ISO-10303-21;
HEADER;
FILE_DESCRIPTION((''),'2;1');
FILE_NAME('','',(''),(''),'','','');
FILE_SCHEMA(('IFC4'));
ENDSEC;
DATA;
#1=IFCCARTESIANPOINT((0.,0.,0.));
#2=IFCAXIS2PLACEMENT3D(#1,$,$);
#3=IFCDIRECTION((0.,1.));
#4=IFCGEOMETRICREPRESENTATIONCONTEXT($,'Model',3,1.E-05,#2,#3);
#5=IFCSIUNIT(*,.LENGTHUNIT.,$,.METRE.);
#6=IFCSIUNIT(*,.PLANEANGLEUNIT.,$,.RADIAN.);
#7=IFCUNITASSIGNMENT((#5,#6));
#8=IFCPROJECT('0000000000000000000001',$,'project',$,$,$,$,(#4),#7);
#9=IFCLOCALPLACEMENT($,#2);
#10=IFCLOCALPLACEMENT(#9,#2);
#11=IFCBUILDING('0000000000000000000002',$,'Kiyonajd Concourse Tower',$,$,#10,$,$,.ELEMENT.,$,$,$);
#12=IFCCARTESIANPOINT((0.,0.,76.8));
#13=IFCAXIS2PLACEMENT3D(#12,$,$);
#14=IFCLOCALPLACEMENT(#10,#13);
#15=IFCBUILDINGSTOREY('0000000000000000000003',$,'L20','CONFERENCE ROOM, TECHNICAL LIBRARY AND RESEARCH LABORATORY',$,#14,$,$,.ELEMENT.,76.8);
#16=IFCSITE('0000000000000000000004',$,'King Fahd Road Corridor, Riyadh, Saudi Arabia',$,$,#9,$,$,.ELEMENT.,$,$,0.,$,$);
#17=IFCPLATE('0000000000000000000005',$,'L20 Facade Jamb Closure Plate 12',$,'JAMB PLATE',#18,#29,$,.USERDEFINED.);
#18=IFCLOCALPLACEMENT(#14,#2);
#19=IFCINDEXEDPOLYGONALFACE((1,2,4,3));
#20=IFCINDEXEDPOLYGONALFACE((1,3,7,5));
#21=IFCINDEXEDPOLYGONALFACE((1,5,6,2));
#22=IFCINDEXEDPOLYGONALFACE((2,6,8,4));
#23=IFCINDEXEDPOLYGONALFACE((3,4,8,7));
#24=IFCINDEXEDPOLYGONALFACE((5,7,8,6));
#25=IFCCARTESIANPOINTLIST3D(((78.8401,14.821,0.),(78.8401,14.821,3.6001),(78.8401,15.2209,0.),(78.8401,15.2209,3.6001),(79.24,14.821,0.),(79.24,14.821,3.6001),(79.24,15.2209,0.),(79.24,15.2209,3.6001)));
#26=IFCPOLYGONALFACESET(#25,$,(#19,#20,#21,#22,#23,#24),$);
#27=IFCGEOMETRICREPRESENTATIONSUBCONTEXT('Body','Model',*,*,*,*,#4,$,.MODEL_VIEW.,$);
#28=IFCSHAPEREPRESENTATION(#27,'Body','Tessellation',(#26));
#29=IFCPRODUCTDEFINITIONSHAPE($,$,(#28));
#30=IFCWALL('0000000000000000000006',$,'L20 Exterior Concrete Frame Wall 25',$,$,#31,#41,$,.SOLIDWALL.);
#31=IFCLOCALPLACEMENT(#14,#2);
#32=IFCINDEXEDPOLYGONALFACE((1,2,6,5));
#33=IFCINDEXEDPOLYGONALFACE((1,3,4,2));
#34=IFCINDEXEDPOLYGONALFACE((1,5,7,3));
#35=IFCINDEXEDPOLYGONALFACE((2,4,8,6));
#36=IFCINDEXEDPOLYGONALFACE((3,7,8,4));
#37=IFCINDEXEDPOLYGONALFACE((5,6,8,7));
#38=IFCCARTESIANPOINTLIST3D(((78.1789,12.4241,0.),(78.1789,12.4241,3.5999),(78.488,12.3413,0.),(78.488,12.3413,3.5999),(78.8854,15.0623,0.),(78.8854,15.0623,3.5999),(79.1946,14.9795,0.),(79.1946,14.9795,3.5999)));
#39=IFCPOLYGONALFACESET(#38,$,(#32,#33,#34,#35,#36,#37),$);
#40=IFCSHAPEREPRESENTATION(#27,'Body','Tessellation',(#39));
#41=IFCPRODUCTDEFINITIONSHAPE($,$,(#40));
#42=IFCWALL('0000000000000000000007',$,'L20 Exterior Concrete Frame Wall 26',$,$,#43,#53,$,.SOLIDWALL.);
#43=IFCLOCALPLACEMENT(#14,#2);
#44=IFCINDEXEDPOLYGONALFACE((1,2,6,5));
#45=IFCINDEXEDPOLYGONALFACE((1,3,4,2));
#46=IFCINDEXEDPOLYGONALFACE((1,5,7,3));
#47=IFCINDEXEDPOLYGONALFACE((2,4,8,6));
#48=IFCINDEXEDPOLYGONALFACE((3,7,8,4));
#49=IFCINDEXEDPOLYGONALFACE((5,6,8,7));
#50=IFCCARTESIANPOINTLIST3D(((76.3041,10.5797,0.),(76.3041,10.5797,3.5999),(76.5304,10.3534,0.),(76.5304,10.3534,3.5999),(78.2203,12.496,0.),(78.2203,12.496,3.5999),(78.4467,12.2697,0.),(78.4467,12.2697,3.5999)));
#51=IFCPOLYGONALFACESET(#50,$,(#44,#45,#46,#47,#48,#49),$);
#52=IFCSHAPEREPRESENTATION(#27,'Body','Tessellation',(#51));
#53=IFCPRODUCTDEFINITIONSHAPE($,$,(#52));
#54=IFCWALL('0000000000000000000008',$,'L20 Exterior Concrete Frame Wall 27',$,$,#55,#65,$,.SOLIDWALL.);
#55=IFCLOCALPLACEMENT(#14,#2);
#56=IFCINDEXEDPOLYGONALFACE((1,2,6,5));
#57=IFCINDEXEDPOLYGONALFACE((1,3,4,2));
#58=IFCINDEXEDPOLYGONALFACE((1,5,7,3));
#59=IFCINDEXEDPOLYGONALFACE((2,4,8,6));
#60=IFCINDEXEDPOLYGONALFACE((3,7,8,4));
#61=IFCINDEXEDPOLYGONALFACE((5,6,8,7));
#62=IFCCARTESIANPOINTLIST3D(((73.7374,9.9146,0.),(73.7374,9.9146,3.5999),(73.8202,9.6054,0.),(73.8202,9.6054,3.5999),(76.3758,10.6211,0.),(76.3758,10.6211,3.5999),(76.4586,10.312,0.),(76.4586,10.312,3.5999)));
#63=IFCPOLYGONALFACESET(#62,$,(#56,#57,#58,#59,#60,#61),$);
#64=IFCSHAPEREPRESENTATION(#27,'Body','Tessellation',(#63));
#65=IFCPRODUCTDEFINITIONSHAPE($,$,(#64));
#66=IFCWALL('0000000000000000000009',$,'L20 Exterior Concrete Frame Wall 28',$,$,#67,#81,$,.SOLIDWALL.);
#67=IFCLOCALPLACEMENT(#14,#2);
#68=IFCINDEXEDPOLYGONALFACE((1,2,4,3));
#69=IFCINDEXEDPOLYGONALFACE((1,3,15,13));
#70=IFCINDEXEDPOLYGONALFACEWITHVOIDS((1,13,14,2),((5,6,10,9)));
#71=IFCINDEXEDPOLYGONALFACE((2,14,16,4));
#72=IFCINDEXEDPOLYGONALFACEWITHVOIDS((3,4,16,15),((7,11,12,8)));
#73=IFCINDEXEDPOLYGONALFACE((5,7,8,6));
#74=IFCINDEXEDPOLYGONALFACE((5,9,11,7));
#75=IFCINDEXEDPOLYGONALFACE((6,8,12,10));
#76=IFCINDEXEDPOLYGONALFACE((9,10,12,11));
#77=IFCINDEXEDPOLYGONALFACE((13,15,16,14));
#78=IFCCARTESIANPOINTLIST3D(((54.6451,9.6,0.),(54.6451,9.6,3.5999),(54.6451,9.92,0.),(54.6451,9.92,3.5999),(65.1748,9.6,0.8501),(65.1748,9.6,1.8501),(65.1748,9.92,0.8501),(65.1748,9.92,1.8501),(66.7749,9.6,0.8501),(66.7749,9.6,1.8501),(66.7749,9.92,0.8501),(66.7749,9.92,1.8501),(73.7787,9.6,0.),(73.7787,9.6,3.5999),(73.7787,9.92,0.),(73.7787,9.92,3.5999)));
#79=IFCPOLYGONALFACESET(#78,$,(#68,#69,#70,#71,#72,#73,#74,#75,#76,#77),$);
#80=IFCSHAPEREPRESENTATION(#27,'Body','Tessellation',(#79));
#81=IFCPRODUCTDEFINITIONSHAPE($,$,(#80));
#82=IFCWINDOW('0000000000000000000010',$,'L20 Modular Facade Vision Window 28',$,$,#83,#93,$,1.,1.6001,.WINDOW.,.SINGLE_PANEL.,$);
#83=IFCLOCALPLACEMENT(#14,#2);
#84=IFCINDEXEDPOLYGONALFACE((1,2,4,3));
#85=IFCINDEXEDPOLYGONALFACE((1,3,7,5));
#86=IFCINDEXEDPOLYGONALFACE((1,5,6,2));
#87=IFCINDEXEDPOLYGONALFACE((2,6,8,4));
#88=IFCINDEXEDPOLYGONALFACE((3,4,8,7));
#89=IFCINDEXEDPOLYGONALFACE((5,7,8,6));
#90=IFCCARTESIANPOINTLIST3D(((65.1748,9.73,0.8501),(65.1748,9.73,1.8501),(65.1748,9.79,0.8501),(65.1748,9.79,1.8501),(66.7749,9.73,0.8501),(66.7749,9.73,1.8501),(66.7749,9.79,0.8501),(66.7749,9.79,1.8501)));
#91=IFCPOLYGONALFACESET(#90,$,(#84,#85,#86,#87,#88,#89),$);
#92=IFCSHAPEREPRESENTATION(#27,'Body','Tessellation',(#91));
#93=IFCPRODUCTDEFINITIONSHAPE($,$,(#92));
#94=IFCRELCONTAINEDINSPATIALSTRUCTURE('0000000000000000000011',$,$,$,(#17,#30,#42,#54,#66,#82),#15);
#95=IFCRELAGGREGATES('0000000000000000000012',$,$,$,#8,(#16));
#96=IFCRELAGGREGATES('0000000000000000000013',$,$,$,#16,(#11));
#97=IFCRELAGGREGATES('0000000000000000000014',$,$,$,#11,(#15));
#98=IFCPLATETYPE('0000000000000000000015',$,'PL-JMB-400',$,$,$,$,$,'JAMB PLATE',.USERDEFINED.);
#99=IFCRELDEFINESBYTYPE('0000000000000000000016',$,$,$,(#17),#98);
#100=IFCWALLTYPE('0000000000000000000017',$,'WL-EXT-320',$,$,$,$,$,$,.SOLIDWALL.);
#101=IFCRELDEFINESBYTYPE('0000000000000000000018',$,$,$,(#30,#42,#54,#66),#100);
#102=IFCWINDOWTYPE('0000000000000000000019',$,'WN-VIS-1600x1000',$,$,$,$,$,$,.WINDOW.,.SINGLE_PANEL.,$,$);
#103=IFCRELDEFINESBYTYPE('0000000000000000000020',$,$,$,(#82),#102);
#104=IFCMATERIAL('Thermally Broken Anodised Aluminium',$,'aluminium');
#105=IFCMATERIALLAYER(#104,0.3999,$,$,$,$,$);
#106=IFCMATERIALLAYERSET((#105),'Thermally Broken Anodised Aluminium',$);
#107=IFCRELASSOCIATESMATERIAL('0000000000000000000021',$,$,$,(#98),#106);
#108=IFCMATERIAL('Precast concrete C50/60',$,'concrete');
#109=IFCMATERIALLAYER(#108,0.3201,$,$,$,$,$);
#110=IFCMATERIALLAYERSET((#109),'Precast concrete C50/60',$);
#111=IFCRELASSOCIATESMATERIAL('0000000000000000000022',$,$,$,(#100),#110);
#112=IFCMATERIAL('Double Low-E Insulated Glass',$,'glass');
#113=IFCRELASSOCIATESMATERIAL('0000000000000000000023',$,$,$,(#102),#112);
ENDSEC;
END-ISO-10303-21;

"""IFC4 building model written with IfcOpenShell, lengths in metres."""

from ifc_helpers import new_model, si_unit, direction, frame, frame_2d, origin, origin_2d, place, context, subcontext, project, spatial, rectangle, extrude, material, layer, layer_set, type_object, element, fill, save


model = new_model("IFC4")

# Units and contexts
model_context = context("Model", 3, precision=1e-05, world=origin(), true_north=direction((0.0, 1.0)))
body_context = subcontext(model_context, "Body", "Model", "MODEL_VIEW")
ifc_project = project(units=[si_unit("LENGTHUNIT", "METRE"), si_unit("PLANEANGLEUNIT", "RADIAN")], contexts=[model_context])

# Site, building, storey
site_placement = place(None, origin())
site = spatial("IfcSite", under=ifc_project, at=site_placement, Name="King Fahd Road Corridor, Riyadh, Saudi Arabia", CompositionType="ELEMENT", RefElevation=0.0)
building_placement = place(site_placement, origin())
building = spatial("IfcBuilding", under=site, at=building_placement, Name="Kiyonajd Concourse Tower", CompositionType="ELEMENT")
storey_placement = place(building_placement, frame((0.0, 0.0, 76.8)))
storey = spatial("IfcBuildingStorey", under=building, at=storey_placement, Name="L20", Description="CONFERENCE ROOM, TECHNICAL LIBRARY AND RESEARCH LABORATORY", CompositionType="ELEMENT", Elevation=76.8)

# Shared definitions
ifc_material_1 = material(Name="Thermally Broken Anodised Aluminium", Category="aluminium")

# Plate
ifc_material_2 = material(Name="Double Low-E Insulated Glass", Category="glass")
ifc_layer_1 = layer(ifc_material_1, 0.3999)
ifc_layer_set_1 = layer_set([ifc_layer_1], Name="Thermally Broken Anodised Aluminium")
plate_type_1 = type_object("IfcPlateType", Name="PL-JMB-400", ElementType="JAMB PLATE", PredefinedType="USERDEFINED", material=ifc_layer_set_1)
plate_1_placement = place(storey_placement, frame((79.04, 15.021, 0.0), z_axis=(0.0, 0.0, 1.0), x_axis=(1.0, 0.0, 0.0)))
element("IfcPlate", 1, at=plate_1_placement, inside=storey, type_object=plate_type_1, Name="L20 Facade Jamb Closure Plate 12", ObjectType="JAMB PLATE", PredefinedType="USERDEFINED", context=body_context, shape_type="SweptSolid", body=[
    extrude(rectangle(XDim=0.3999, YDim=0.3999, at=origin_2d()), origin(), (0.0, 0.0, 1.0), 3.6001),
])

# Walls
ifc_material_3 = material(Name="Precast concrete C50/60", Category="concrete")
ifc_layer_2 = layer(ifc_material_3, 0.3201)
ifc_layer_set_2 = layer_set([ifc_layer_2], Name="Precast concrete C50/60")
wall_type = type_object("IfcWallType", Name="WL-EXT-320", PredefinedType="SOLIDWALL", material=ifc_layer_set_2)
wall_1_placement = place(storey_placement, frame((79.04, 15.021, 0.0), z_axis=(0.0, 0.0, 1.0), x_axis=(-0.258697, -0.965958, 0.0)))
element("IfcWall", 2, at=wall_1_placement, inside=storey, type_object=wall_type, Name="L20 Exterior Concrete Frame Wall 25", PredefinedType="SOLIDWALL", context=body_context, shape_type="SweptSolid", body=[
    extrude(rectangle(XDim=2.7312, YDim=0.3201, at=frame_2d((1.3657, 0.0))), origin(), (0.0, 0.0, 1.0), 3.5999),
])
wall_2_placement = place(storey_placement, frame((78.3335, 12.3828, 0.0), z_axis=(0.0, 0.0, 1.0), x_axis=(-0.707107, -0.707107, 0.0)))
element("IfcWall", 3, at=wall_2_placement, inside=storey, type_object=wall_type, Name="L20 Exterior Concrete Frame Wall 26", PredefinedType="SOLIDWALL", context=body_context, shape_type="SweptSolid", body=[
    extrude(rectangle(XDim=2.71, YDim=0.3201, at=frame_2d((1.355, 0.0))), origin(), (0.0, 0.0, 1.0), 3.5999),
])
wall_3_placement = place(storey_placement, frame((76.4172, 10.4666, 0.0), z_axis=(0.0, 0.0, 1.0), x_axis=(-0.965964, -0.258675, 0.0)))
element("IfcWall", 4, at=wall_3_placement, inside=storey, type_object=wall_type, Name="L20 Exterior Concrete Frame Wall 27", PredefinedType="SOLIDWALL", context=body_context, shape_type="SweptSolid", body=[
    extrude(rectangle(XDim=2.7314, YDim=0.3201, at=frame_2d((1.3657, 0.0))), origin(), (0.0, 0.0, 1.0), 3.5999),
])

# Wall, opening, window
wall_4_placement = place(storey_placement, frame((73.7788, 9.76, 0.0), z_axis=(0.0, 0.0, 1.0), x_axis=(-1.0, 0.0, 0.0)))
wall_4 = element("IfcWall", 5, at=wall_4_placement, inside=storey, type_object=wall_type, Name="L20 Exterior Concrete Frame Wall 28", PredefinedType="SOLIDWALL", context=body_context, shape_type="SweptSolid", body=[
    extrude(rectangle(XDim=19.1335, YDim=0.3201, at=frame_2d((9.5669, 0.0))), origin(), (0.0, 0.0, 1.0), 3.5999),
])
opening_placement = place(wall_4_placement, frame((7.0039, 0.0, 0.8501)))
opening = element("IfcOpeningElement", 6, at=opening_placement, cuts=wall_4, PredefinedType="OPENING", context=body_context, shape_type="SweptSolid", body=[
    extrude(rectangle(XDim=1.6001, YDim=1.0, at=frame_2d((0.8, 0.5))), frame((0.0, 0.1699, 0.0), z_axis=(0.0, -1.0, 0.0), x_axis=(1.0, 0.0, 0.0)), (0.0, 0.0, 1.0), 0.3401),
])
window_type = type_object("IfcWindowType", Name="WN-VIS-1600x1000", PartitioningType="SINGLE_PANEL", PredefinedType="WINDOW", material=ifc_material_2)
window_placement = place(opening_placement, origin())
window = element("IfcWindow", 7, at=window_placement, inside=storey, type_object=window_type, Name="L20 Modular Facade Vision Window 28", OverallHeight=1.0, OverallWidth=1.6001, PartitioningType="SINGLE_PANEL", PredefinedType="WINDOW", context=body_context, shape_type="SweptSolid", body=[
    extrude(rectangle(XDim=1.6001, YDim=1.0, at=frame_2d((0.8, 0.5))), frame((0.0, 0.03, 0.0), z_axis=(0.0, -1.0, 0.0), x_axis=(1.0, 0.0, 0.0)), (0.0, 0.0, 1.0), 0.0601),
])
fill(opening, window)

save(model, "model.ifc")
